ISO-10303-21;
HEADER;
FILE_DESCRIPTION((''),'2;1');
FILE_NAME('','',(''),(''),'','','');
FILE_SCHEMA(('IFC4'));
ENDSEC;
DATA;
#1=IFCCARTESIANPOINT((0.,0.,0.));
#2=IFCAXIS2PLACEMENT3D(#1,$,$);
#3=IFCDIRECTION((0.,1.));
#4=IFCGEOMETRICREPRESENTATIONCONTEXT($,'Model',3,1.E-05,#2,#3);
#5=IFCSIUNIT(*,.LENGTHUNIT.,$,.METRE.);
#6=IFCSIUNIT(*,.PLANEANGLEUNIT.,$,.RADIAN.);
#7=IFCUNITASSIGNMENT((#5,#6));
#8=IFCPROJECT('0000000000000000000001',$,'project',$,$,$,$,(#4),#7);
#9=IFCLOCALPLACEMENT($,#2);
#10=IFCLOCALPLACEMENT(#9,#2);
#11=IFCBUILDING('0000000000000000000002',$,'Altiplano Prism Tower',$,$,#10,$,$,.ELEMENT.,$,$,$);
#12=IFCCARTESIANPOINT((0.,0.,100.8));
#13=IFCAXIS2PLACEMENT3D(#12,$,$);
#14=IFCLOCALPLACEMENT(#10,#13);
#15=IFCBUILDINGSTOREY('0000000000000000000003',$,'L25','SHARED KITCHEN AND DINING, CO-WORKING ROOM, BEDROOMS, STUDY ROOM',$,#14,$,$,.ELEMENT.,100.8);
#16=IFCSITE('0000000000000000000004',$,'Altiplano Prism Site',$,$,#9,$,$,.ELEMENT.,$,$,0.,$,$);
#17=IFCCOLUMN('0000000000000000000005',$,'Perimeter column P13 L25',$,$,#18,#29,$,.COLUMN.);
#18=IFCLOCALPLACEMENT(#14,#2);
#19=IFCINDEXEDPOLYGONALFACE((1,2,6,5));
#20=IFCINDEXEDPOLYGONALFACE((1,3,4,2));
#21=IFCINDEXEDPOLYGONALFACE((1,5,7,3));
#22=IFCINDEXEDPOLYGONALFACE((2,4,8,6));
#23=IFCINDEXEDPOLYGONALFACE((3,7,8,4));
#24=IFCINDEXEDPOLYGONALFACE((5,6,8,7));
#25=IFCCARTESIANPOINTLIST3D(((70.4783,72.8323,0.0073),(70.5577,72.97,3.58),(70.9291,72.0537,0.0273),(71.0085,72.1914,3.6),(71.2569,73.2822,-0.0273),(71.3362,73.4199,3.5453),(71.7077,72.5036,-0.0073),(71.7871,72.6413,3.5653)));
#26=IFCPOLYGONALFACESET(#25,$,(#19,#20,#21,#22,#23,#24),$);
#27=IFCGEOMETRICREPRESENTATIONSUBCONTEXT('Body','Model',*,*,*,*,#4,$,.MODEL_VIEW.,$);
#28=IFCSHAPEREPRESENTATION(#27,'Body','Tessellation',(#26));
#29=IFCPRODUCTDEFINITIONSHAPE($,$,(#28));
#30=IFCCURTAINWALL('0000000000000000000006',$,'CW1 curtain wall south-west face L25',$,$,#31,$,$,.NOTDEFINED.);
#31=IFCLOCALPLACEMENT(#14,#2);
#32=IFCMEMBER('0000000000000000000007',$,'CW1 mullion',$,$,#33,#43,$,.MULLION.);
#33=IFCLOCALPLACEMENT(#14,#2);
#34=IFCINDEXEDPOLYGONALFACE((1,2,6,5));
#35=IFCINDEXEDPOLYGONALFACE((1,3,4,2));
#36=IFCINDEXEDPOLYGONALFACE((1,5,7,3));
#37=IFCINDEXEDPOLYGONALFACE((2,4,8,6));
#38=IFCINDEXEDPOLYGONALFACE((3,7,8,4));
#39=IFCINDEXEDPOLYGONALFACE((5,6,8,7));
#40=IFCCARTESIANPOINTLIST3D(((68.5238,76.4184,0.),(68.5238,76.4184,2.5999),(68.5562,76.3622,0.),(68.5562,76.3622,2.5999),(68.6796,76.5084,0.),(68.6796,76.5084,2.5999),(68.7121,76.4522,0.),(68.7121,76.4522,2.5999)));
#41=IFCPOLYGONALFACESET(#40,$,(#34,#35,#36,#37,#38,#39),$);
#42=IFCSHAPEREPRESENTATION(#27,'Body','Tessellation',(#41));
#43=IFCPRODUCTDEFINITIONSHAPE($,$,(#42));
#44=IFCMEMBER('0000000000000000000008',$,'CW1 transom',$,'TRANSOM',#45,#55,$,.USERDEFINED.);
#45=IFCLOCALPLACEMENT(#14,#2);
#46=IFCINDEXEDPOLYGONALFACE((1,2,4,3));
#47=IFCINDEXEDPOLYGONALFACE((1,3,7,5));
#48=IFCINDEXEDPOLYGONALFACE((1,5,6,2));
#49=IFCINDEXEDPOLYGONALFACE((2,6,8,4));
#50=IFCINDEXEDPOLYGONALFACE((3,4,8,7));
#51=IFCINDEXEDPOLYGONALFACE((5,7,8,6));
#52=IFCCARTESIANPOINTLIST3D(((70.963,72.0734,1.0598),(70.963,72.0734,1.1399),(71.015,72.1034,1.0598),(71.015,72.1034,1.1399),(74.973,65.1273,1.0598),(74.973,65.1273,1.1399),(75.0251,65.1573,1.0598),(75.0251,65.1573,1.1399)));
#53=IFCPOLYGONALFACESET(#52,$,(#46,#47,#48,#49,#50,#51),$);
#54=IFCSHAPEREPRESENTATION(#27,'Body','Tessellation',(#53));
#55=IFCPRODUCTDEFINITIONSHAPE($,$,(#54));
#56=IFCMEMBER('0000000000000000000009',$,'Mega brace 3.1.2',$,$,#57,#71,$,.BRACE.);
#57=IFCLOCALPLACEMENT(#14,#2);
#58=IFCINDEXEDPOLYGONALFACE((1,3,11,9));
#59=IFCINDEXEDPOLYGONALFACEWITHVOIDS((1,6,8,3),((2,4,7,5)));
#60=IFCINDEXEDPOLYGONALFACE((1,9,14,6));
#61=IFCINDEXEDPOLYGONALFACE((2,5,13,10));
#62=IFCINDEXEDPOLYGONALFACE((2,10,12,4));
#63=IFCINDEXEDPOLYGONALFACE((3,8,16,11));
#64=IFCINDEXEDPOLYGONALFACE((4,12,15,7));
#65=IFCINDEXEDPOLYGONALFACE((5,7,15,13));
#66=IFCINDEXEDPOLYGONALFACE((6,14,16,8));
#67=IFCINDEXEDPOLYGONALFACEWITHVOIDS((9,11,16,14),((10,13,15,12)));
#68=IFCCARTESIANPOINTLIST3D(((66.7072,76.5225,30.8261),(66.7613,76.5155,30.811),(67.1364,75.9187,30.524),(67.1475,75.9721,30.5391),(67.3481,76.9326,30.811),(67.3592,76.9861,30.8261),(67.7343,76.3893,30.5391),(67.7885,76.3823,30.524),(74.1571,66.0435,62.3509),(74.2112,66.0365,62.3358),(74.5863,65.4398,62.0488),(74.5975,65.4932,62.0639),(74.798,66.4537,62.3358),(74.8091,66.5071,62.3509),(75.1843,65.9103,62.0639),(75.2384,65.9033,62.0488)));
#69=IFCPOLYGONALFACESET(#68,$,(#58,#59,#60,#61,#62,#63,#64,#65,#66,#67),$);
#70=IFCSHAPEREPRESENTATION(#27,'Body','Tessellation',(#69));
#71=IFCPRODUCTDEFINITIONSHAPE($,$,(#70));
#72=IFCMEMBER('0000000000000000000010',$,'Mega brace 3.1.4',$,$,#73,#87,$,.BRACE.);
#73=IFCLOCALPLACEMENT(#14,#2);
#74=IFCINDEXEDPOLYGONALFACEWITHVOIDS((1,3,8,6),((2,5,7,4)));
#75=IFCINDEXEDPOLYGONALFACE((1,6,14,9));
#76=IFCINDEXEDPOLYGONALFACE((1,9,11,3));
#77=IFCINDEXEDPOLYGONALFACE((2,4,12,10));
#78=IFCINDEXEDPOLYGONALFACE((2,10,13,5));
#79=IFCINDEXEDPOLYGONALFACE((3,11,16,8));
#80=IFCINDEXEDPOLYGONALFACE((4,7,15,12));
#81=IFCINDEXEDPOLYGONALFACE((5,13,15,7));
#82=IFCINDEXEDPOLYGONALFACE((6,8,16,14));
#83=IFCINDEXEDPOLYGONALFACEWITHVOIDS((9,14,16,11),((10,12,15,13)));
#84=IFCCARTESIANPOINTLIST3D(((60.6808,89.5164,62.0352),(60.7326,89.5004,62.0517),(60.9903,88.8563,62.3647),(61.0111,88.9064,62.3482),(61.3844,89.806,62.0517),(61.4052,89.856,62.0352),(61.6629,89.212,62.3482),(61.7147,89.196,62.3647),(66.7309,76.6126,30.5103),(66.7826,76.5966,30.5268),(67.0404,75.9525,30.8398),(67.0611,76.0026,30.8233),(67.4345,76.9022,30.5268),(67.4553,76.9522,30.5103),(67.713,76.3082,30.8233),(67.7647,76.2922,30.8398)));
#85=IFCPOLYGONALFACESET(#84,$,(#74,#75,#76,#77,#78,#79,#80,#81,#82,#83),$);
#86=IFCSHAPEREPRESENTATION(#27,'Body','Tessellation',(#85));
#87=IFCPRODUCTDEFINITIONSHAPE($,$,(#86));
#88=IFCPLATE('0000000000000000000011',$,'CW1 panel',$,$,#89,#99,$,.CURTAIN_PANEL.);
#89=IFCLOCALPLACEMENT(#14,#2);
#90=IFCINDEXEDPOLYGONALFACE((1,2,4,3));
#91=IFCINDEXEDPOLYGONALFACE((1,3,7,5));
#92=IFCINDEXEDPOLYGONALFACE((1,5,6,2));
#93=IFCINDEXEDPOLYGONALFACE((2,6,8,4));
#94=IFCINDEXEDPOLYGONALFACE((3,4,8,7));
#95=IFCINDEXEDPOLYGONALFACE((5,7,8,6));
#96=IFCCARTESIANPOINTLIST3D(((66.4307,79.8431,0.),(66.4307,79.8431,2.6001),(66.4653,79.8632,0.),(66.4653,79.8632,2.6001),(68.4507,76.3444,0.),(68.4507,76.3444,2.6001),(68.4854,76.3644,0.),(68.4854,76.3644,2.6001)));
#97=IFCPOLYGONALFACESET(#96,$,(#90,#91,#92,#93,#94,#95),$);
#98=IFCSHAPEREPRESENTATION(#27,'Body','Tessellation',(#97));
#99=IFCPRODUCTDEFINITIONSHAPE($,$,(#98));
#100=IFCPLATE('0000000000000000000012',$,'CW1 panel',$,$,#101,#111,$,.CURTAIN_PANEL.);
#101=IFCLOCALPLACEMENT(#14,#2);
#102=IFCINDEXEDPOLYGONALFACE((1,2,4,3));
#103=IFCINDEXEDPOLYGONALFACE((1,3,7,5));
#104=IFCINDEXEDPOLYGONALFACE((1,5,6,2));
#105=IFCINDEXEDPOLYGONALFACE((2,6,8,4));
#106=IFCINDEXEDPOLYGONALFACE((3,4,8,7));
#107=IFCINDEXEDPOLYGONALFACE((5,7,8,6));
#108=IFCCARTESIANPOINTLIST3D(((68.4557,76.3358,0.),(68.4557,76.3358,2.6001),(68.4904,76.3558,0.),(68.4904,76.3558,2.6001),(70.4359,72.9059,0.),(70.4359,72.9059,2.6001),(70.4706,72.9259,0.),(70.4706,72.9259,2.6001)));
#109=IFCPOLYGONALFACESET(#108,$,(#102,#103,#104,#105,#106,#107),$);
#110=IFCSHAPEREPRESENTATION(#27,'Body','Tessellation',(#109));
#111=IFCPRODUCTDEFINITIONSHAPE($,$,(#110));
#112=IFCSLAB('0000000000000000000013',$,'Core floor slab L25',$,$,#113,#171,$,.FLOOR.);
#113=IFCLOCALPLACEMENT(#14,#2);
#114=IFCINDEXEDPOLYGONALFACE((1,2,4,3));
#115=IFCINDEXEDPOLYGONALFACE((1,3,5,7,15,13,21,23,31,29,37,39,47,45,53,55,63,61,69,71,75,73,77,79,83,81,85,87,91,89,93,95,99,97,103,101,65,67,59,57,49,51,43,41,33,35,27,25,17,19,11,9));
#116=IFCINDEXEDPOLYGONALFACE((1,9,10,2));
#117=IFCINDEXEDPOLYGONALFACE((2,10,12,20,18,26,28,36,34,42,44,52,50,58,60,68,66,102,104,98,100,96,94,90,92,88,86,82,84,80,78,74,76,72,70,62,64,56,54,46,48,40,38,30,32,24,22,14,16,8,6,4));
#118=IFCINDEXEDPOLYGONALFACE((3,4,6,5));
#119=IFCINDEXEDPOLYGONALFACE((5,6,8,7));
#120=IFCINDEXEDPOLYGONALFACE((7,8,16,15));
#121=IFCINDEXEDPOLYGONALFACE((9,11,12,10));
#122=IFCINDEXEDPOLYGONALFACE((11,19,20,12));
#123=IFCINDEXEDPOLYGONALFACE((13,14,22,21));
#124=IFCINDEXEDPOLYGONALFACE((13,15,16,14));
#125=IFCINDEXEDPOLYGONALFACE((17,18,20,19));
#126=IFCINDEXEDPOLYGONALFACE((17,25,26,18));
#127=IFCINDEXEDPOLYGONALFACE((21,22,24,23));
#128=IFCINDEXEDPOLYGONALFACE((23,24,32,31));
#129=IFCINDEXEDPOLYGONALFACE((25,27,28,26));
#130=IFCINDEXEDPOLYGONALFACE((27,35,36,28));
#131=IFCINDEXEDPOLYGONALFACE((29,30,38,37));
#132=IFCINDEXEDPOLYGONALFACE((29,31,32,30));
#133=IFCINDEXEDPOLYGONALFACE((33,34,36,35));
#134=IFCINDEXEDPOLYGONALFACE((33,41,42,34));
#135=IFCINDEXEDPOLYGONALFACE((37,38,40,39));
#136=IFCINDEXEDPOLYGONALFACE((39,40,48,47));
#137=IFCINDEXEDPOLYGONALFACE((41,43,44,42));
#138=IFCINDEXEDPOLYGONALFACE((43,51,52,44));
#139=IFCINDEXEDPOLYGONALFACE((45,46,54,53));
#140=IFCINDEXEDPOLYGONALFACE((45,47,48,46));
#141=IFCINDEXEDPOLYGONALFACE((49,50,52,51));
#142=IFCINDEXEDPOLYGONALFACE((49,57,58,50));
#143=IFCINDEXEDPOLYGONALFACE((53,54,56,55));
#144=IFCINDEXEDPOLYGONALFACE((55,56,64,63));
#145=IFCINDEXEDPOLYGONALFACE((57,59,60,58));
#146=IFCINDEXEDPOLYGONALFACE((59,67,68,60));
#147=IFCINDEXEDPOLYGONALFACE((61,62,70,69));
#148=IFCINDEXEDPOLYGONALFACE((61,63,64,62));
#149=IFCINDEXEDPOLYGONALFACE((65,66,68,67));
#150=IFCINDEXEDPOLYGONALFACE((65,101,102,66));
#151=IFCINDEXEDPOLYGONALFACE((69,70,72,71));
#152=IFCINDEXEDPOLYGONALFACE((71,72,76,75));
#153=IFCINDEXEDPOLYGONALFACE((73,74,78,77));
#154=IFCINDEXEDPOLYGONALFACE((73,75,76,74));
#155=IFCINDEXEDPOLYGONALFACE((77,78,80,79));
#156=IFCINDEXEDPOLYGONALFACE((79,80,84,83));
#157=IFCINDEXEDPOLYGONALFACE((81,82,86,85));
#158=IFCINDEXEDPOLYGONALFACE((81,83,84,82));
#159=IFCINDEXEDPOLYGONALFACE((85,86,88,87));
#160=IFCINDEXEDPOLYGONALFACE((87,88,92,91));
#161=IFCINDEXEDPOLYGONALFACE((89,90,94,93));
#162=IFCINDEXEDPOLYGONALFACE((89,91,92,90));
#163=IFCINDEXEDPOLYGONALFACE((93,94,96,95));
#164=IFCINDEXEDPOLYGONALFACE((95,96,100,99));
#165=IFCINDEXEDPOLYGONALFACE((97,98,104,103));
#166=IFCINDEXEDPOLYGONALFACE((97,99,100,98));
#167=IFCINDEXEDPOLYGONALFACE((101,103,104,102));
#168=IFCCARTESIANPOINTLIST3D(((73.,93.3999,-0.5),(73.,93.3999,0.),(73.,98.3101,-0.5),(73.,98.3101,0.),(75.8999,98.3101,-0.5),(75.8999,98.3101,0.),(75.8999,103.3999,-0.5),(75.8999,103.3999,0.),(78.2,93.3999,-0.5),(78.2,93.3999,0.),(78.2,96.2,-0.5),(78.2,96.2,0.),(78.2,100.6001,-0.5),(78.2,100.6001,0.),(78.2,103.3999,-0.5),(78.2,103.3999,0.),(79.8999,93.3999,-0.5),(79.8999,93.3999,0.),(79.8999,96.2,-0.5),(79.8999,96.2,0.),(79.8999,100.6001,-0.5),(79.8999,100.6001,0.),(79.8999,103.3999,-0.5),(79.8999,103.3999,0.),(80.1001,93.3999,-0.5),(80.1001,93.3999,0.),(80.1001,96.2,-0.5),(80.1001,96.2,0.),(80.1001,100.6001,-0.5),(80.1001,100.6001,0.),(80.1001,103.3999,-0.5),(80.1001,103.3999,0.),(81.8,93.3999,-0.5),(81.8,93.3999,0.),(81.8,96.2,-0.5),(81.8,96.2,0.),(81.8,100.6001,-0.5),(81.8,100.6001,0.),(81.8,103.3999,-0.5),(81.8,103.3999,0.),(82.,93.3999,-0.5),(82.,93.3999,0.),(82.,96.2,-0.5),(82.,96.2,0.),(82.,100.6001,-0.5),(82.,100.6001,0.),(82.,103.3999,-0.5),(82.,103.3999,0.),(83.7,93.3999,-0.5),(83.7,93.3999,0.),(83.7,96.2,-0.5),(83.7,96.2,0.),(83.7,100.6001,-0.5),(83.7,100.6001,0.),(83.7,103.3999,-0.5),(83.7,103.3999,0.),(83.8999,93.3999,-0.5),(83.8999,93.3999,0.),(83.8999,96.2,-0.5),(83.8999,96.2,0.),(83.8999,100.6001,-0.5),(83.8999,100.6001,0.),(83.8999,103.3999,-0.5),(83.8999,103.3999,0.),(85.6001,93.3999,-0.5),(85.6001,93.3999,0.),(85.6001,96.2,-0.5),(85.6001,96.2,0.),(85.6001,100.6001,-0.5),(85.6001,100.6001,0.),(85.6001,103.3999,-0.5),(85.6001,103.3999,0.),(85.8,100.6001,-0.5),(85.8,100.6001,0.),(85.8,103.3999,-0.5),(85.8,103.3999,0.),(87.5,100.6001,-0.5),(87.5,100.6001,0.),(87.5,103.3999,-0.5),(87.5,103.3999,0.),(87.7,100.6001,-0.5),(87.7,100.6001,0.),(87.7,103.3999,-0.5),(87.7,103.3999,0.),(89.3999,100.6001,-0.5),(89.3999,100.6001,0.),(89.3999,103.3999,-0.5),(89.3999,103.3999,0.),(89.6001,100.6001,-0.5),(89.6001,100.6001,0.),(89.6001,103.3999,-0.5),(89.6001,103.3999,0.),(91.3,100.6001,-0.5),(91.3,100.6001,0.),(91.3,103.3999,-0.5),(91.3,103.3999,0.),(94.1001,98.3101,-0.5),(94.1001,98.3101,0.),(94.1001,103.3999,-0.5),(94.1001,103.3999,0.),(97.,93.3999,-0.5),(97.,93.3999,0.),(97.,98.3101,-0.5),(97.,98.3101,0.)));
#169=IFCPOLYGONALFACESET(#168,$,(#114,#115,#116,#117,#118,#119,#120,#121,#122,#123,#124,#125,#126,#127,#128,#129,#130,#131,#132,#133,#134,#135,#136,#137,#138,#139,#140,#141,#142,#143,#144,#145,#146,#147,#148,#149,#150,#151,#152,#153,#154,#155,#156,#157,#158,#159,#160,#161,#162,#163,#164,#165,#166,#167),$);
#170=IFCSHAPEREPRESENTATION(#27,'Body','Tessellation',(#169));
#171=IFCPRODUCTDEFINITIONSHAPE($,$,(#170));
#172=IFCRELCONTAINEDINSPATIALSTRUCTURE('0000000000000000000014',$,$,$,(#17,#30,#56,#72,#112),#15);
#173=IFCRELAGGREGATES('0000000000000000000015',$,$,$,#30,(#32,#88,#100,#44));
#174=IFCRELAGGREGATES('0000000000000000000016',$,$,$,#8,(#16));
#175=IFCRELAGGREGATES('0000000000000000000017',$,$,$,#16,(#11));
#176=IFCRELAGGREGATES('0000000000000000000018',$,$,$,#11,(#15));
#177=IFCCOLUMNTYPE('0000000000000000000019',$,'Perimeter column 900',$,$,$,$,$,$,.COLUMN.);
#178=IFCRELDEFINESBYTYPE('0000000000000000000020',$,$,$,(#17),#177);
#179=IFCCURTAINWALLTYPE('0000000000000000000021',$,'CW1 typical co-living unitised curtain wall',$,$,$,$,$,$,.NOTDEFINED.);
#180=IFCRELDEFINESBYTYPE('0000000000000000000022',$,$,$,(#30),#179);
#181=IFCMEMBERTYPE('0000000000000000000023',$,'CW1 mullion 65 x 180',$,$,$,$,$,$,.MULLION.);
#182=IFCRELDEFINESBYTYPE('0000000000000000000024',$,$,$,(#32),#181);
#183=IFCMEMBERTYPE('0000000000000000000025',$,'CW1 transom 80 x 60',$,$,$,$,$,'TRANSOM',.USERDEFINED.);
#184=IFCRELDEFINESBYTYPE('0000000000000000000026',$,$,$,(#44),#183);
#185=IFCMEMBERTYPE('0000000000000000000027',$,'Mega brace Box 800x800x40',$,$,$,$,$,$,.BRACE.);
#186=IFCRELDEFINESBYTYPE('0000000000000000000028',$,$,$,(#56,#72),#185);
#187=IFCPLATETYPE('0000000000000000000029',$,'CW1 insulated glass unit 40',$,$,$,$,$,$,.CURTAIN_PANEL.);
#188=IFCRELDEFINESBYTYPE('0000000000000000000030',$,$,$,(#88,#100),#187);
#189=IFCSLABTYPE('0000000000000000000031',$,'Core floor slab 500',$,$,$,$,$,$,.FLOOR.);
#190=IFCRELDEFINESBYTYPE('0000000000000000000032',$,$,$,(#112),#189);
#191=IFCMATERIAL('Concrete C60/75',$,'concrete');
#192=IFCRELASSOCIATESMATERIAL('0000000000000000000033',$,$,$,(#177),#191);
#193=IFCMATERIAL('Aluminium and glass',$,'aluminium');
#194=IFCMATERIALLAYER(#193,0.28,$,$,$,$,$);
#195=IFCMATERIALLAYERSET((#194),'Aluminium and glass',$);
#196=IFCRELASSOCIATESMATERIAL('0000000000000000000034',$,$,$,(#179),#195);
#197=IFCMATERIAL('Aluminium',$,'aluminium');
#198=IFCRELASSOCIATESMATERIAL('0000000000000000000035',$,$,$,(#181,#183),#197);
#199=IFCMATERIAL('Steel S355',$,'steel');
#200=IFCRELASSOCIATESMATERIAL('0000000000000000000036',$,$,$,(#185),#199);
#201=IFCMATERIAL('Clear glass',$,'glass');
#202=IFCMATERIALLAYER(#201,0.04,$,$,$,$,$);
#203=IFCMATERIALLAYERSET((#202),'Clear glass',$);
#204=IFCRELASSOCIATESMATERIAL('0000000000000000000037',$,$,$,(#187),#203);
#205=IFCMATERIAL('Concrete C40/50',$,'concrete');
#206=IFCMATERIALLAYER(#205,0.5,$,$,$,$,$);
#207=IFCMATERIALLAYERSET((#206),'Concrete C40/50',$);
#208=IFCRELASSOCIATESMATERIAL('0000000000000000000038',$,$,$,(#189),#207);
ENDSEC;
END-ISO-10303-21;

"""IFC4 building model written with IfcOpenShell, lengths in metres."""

from ifc_helpers import new_model, si_unit, direction, frame, origin, origin_2d, place, context, subcontext, project, spatial, polyline, rectangle, hollow_rectangle, outline, extrude, material, layer, layer_set, material_profile, profile_set, type_object, element, aggregate, save


model = new_model("IFC4")

# Units and contexts
model_context = context("Model", 3, precision=1e-05, world=origin(), true_north=direction((0.0, 1.0)))
body_context = subcontext(model_context, "Body", "Model", "MODEL_VIEW")
ifc_project = project(units=[si_unit("LENGTHUNIT", "METRE"), si_unit("PLANEANGLEUNIT", "RADIAN")], contexts=[model_context])

# Site, building, storey
site_placement = place(None, origin())
site = spatial("IfcSite", under=ifc_project, at=site_placement, Name="Altiplano Prism Site", CompositionType="ELEMENT", RefElevation=0.0)
building_placement = place(site_placement, origin())
building = spatial("IfcBuilding", under=site, at=building_placement, Name="Altiplano Prism Tower", CompositionType="ELEMENT")
storey_placement = place(building_placement, frame((0.0, 0.0, 100.8)))
storey = spatial("IfcBuildingStorey", under=building, at=storey_placement, Name="L25", Description="SHARED KITCHEN AND DINING, CO-WORKING ROOM, BEDROOMS, STUDY ROOM", CompositionType="ELEMENT", Elevation=100.8)

# Column
ifc_material_1 = material(Name="Concrete C60/75", Category="concrete")
ifc_material_profile_1 = material_profile(ifc_material_1, rectangle(XDim=0.8999, YDim=0.8999, at=origin_2d()), Name="Perimeter column 900")
ifc_profile_set_1 = profile_set([ifc_material_profile_1], Name="Concrete C60/75")
column_type = type_object("IfcColumnType", Name="Perimeter column 900", PredefinedType="COLUMN", material=ifc_profile_set_1)
column_placement = place(storey_placement, frame((71.093, 72.668, 0.0), z_axis=(0.022187, 0.038502, 0.999012), x_axis=(-0.865183, -0.499977, 0.038484)))
element("IfcColumn", 1, at=column_placement, inside=storey, type_object=column_type, Name="Perimeter column P13 L25", PredefinedType="COLUMN", context=body_context, shape_type="SweptSolid", body=[
    extrude(rectangle(XDim=0.8999, YDim=0.8999, at=origin_2d()), origin(), (0.0, 0.0, 1.0), 3.5762),
])

# Curtain wall, members
ifc_material_2 = material(Name="Aluminium and glass", Category="aluminium")
ifc_layer_1 = layer(ifc_material_2, 0.28)
ifc_layer_set_1 = layer_set([ifc_layer_1], Name="Aluminium and glass")
curtain_wall_type = type_object("IfcCurtainWallType", Name="CW1 typical co-living unitised curtain wall", PredefinedType="NOTDEFINED", material=ifc_layer_set_1)
curtain_wall_placement = place(storey_placement, origin())
curtain_wall = element("IfcCurtainWall", 2, at=curtain_wall_placement, inside=storey, type_object=curtain_wall_type, Name="CW1 curtain wall south-west face L25", PredefinedType="NOTDEFINED")
ifc_material_3 = material(Name="Aluminium", Category="aluminium")
ifc_material_profile_2 = material_profile(ifc_material_3, rectangle(XDim=0.1799, YDim=0.0649, at=origin_2d()), Name="CW1 mullion 65 x 180")
ifc_profile_set_2 = profile_set([ifc_material_profile_2], Name="Aluminium")
member_type_1 = type_object("IfcMemberType", Name="CW1 mullion 65 x 180", PredefinedType="MULLION", material=ifc_profile_set_2)
member_1_placement = place(storey_placement, frame((68.6179, 76.4353, 0.0), z_axis=(0.0, 0.0, 1.0), x_axis=(0.866025, 0.5, 0.0)))
member_1 = element("IfcMember", 3, at=member_1_placement, type_object=member_type_1, Name="CW1 mullion", PredefinedType="MULLION", context=body_context, shape_type="SweptSolid", body=[
    extrude(rectangle(XDim=0.1799, YDim=0.0649, at=origin_2d()), origin(), (0.0, 0.0, 1.0), 2.5999),
])
ifc_material_profile_3 = material_profile(ifc_material_3, rectangle(XDim=0.0601, YDim=0.0801, at=origin_2d()), Name="CW1 transom 80 x 60")
ifc_profile_set_3 = profile_set([ifc_material_profile_3], Name="Aluminium")
member_type_2 = type_object("IfcMemberType", Name="CW1 transom 80 x 60", ElementType="TRANSOM", PredefinedType="USERDEFINED", material=ifc_profile_set_3)
member_2_placement = place(storey_placement, frame((70.989, 72.0884, 1.0999), z_axis=(0.499973, -0.866041, 0.0), x_axis=(0.866041, 0.499973, 0.0)))
member_2 = element("IfcMember", 4, at=member_2_placement, type_object=member_type_2, Name="CW1 transom", ObjectType="TRANSOM", PredefinedType="USERDEFINED", context=body_context, shape_type="SweptSolid", body=[
    extrude(rectangle(XDim=0.0601, YDim=0.0801, at=origin_2d()), origin(), (0.0, 0.0, 1.0), 8.0205),
])

# Members
ifc_material_4 = material(Name="Steel S355", Category="steel")
ifc_material_profile_4 = material_profile(ifc_material_4, hollow_rectangle(XDim=0.8, YDim=0.8, WallThickness=0.04, at=origin_2d()), Name="Mega brace Box 800x800x40")
ifc_profile_set_4 = profile_set([ifc_material_profile_4], Name="Steel S355")
member_type_3 = type_object("IfcMemberType", Name="Mega brace Box 800x800x40", PredefinedType="BRACE", material=ifc_profile_set_4)
member_3_placement = place(storey_placement, frame((67.2478, 76.4524, 30.675), z_axis=(0.21882, -0.307789, 0.92595), x_axis=(0.815021, 0.579432, 0.0)))
element("IfcMember", 5, at=member_3_placement, inside=storey, type_object=member_type_3, Name="Mega brace 3.1.2", PredefinedType="BRACE", context=body_context, shape_type="SweptSolid", body=[
    extrude(hollow_rectangle(XDim=0.8, YDim=0.8, WallThickness=0.04, at=origin_2d()), origin(), (0.0, 0.0, 1.0), 34.0459),
])
member_4_placement = place(storey_placement, frame((67.2478, 76.4524, 30.675), z_axis=(-0.174874, 0.372978, 0.911212), x_axis=(-0.905421, -0.424514, 0.0)))
element("IfcMember", 6, at=member_4_placement, inside=storey, type_object=member_type_3, Name="Mega brace 3.1.4", PredefinedType="BRACE", context=body_context, shape_type="SweptSolid", body=[
    extrude(hollow_rectangle(XDim=0.8, YDim=0.8, WallThickness=0.04, at=origin_2d()), origin(), (0.0, 0.0, 1.0), 34.5967),
])

# Plates
ifc_material_5 = material(Name="Clear glass", Category="glass")
ifc_layer_2 = layer(ifc_material_5, 0.04)
ifc_layer_set_2 = layer_set([ifc_layer_2], Name="Clear glass")
plate_type = type_object("IfcPlateType", Name="CW1 insulated glass unit 40", PredefinedType="CURTAIN_PANEL", material=ifc_layer_set_2)
plate_1_placement = place(storey_placement, frame((67.458, 78.1038, 0.0), z_axis=(0.0, 0.0, 1.0), x_axis=(0.5, -0.866025, 0.0)))
plate_1 = element("IfcPlate", 7, at=plate_1_placement, type_object=plate_type, Name="CW1 panel", PredefinedType="CURTAIN_PANEL", context=body_context, shape_type="SweptSolid", body=[
    extrude(rectangle(XDim=4.04, YDim=0.04, at=origin_2d()), origin(), (0.0, 0.0, 1.0), 2.6001),
])
plate_2_placement = place(storey_placement, frame((69.4631, 74.6309, 0.0), z_axis=(0.0, 0.0, 1.0), x_axis=(0.5, -0.866025, 0.0)))
plate_2 = element("IfcPlate", 8, at=plate_2_placement, type_object=plate_type, Name="CW1 panel", PredefinedType="CURTAIN_PANEL", context=body_context, shape_type="SweptSolid", body=[
    extrude(rectangle(XDim=3.9604, YDim=0.04, at=origin_2d()), origin(), (0.0, 0.0, 1.0), 2.6001),
])
aggregate(curtain_wall, [member_1, plate_1, plate_2, member_2])

# Slab
ifc_material_6 = material(Name="Concrete C40/50", Category="concrete")
ifc_layer_3 = layer(ifc_material_6, 0.5)
ifc_layer_set_3 = layer_set([ifc_layer_3], Name="Concrete C40/50")
slab_type_1 = type_object("IfcSlabType", Name="Core floor slab 500", PredefinedType="FLOOR", material=ifc_layer_set_3)
slab_1_placement = place(storey_placement, frame((0.0, 0.0, -0.5)))
element("IfcSlab", 9, at=slab_1_placement, inside=storey, type_object=slab_type_1, Name="Core floor slab L25", PredefinedType="FLOOR", context=body_context, shape_type="SweptSolid", body=[
    extrude(outline(polyline([(97.0, 98.3101), (94.1001, 98.3101), (94.1001, 103.3999), (91.3, 103.3999), (91.3, 100.6001), (89.6001, 100.6001), (89.6001, 103.3999), (89.3999, 103.3999), (89.3999, 100.6001), (87.7, 100.6001), (87.7, 103.3999), (87.5, 103.3999), (87.5, 100.6001), (85.8, 100.6001), (85.8, 103.3999), (85.6001, 103.3999), (85.6001, 100.6001), (83.8999, 100.6001), (83.8999, 103.3999), (83.7, 103.3999), (83.7, 100.6001), (82.0, 100.6001), (82.0, 103.3999), (81.8, 103.3999), (81.8, 100.6001), (80.1001, 100.6001), (80.1001, 103.3999), (79.8999, 103.3999), (79.8999, 100.6001), (78.2, 100.6001), (78.2, 103.3999), (75.8999, 103.3999), (75.8999, 98.3101), (73.0, 98.3101), (73.0, 93.3999), (78.2, 93.3999), (78.2, 96.2), (79.8999, 96.2), (79.8999, 93.3999), (80.1001, 93.3999), (80.1001, 96.2), (81.8, 96.2), (81.8, 93.3999), (82.0, 93.3999), (82.0, 96.2), (83.7, 96.2), (83.7, 93.3999), (83.8999, 93.3999), (83.8999, 96.2), (85.6001, 96.2), (85.6001, 93.3999), (97.0, 93.3999), (97.0, 98.3101)])), origin(), (0.0, 0.0, 1.0), 0.5),
])

save(model, "model.ifc")
